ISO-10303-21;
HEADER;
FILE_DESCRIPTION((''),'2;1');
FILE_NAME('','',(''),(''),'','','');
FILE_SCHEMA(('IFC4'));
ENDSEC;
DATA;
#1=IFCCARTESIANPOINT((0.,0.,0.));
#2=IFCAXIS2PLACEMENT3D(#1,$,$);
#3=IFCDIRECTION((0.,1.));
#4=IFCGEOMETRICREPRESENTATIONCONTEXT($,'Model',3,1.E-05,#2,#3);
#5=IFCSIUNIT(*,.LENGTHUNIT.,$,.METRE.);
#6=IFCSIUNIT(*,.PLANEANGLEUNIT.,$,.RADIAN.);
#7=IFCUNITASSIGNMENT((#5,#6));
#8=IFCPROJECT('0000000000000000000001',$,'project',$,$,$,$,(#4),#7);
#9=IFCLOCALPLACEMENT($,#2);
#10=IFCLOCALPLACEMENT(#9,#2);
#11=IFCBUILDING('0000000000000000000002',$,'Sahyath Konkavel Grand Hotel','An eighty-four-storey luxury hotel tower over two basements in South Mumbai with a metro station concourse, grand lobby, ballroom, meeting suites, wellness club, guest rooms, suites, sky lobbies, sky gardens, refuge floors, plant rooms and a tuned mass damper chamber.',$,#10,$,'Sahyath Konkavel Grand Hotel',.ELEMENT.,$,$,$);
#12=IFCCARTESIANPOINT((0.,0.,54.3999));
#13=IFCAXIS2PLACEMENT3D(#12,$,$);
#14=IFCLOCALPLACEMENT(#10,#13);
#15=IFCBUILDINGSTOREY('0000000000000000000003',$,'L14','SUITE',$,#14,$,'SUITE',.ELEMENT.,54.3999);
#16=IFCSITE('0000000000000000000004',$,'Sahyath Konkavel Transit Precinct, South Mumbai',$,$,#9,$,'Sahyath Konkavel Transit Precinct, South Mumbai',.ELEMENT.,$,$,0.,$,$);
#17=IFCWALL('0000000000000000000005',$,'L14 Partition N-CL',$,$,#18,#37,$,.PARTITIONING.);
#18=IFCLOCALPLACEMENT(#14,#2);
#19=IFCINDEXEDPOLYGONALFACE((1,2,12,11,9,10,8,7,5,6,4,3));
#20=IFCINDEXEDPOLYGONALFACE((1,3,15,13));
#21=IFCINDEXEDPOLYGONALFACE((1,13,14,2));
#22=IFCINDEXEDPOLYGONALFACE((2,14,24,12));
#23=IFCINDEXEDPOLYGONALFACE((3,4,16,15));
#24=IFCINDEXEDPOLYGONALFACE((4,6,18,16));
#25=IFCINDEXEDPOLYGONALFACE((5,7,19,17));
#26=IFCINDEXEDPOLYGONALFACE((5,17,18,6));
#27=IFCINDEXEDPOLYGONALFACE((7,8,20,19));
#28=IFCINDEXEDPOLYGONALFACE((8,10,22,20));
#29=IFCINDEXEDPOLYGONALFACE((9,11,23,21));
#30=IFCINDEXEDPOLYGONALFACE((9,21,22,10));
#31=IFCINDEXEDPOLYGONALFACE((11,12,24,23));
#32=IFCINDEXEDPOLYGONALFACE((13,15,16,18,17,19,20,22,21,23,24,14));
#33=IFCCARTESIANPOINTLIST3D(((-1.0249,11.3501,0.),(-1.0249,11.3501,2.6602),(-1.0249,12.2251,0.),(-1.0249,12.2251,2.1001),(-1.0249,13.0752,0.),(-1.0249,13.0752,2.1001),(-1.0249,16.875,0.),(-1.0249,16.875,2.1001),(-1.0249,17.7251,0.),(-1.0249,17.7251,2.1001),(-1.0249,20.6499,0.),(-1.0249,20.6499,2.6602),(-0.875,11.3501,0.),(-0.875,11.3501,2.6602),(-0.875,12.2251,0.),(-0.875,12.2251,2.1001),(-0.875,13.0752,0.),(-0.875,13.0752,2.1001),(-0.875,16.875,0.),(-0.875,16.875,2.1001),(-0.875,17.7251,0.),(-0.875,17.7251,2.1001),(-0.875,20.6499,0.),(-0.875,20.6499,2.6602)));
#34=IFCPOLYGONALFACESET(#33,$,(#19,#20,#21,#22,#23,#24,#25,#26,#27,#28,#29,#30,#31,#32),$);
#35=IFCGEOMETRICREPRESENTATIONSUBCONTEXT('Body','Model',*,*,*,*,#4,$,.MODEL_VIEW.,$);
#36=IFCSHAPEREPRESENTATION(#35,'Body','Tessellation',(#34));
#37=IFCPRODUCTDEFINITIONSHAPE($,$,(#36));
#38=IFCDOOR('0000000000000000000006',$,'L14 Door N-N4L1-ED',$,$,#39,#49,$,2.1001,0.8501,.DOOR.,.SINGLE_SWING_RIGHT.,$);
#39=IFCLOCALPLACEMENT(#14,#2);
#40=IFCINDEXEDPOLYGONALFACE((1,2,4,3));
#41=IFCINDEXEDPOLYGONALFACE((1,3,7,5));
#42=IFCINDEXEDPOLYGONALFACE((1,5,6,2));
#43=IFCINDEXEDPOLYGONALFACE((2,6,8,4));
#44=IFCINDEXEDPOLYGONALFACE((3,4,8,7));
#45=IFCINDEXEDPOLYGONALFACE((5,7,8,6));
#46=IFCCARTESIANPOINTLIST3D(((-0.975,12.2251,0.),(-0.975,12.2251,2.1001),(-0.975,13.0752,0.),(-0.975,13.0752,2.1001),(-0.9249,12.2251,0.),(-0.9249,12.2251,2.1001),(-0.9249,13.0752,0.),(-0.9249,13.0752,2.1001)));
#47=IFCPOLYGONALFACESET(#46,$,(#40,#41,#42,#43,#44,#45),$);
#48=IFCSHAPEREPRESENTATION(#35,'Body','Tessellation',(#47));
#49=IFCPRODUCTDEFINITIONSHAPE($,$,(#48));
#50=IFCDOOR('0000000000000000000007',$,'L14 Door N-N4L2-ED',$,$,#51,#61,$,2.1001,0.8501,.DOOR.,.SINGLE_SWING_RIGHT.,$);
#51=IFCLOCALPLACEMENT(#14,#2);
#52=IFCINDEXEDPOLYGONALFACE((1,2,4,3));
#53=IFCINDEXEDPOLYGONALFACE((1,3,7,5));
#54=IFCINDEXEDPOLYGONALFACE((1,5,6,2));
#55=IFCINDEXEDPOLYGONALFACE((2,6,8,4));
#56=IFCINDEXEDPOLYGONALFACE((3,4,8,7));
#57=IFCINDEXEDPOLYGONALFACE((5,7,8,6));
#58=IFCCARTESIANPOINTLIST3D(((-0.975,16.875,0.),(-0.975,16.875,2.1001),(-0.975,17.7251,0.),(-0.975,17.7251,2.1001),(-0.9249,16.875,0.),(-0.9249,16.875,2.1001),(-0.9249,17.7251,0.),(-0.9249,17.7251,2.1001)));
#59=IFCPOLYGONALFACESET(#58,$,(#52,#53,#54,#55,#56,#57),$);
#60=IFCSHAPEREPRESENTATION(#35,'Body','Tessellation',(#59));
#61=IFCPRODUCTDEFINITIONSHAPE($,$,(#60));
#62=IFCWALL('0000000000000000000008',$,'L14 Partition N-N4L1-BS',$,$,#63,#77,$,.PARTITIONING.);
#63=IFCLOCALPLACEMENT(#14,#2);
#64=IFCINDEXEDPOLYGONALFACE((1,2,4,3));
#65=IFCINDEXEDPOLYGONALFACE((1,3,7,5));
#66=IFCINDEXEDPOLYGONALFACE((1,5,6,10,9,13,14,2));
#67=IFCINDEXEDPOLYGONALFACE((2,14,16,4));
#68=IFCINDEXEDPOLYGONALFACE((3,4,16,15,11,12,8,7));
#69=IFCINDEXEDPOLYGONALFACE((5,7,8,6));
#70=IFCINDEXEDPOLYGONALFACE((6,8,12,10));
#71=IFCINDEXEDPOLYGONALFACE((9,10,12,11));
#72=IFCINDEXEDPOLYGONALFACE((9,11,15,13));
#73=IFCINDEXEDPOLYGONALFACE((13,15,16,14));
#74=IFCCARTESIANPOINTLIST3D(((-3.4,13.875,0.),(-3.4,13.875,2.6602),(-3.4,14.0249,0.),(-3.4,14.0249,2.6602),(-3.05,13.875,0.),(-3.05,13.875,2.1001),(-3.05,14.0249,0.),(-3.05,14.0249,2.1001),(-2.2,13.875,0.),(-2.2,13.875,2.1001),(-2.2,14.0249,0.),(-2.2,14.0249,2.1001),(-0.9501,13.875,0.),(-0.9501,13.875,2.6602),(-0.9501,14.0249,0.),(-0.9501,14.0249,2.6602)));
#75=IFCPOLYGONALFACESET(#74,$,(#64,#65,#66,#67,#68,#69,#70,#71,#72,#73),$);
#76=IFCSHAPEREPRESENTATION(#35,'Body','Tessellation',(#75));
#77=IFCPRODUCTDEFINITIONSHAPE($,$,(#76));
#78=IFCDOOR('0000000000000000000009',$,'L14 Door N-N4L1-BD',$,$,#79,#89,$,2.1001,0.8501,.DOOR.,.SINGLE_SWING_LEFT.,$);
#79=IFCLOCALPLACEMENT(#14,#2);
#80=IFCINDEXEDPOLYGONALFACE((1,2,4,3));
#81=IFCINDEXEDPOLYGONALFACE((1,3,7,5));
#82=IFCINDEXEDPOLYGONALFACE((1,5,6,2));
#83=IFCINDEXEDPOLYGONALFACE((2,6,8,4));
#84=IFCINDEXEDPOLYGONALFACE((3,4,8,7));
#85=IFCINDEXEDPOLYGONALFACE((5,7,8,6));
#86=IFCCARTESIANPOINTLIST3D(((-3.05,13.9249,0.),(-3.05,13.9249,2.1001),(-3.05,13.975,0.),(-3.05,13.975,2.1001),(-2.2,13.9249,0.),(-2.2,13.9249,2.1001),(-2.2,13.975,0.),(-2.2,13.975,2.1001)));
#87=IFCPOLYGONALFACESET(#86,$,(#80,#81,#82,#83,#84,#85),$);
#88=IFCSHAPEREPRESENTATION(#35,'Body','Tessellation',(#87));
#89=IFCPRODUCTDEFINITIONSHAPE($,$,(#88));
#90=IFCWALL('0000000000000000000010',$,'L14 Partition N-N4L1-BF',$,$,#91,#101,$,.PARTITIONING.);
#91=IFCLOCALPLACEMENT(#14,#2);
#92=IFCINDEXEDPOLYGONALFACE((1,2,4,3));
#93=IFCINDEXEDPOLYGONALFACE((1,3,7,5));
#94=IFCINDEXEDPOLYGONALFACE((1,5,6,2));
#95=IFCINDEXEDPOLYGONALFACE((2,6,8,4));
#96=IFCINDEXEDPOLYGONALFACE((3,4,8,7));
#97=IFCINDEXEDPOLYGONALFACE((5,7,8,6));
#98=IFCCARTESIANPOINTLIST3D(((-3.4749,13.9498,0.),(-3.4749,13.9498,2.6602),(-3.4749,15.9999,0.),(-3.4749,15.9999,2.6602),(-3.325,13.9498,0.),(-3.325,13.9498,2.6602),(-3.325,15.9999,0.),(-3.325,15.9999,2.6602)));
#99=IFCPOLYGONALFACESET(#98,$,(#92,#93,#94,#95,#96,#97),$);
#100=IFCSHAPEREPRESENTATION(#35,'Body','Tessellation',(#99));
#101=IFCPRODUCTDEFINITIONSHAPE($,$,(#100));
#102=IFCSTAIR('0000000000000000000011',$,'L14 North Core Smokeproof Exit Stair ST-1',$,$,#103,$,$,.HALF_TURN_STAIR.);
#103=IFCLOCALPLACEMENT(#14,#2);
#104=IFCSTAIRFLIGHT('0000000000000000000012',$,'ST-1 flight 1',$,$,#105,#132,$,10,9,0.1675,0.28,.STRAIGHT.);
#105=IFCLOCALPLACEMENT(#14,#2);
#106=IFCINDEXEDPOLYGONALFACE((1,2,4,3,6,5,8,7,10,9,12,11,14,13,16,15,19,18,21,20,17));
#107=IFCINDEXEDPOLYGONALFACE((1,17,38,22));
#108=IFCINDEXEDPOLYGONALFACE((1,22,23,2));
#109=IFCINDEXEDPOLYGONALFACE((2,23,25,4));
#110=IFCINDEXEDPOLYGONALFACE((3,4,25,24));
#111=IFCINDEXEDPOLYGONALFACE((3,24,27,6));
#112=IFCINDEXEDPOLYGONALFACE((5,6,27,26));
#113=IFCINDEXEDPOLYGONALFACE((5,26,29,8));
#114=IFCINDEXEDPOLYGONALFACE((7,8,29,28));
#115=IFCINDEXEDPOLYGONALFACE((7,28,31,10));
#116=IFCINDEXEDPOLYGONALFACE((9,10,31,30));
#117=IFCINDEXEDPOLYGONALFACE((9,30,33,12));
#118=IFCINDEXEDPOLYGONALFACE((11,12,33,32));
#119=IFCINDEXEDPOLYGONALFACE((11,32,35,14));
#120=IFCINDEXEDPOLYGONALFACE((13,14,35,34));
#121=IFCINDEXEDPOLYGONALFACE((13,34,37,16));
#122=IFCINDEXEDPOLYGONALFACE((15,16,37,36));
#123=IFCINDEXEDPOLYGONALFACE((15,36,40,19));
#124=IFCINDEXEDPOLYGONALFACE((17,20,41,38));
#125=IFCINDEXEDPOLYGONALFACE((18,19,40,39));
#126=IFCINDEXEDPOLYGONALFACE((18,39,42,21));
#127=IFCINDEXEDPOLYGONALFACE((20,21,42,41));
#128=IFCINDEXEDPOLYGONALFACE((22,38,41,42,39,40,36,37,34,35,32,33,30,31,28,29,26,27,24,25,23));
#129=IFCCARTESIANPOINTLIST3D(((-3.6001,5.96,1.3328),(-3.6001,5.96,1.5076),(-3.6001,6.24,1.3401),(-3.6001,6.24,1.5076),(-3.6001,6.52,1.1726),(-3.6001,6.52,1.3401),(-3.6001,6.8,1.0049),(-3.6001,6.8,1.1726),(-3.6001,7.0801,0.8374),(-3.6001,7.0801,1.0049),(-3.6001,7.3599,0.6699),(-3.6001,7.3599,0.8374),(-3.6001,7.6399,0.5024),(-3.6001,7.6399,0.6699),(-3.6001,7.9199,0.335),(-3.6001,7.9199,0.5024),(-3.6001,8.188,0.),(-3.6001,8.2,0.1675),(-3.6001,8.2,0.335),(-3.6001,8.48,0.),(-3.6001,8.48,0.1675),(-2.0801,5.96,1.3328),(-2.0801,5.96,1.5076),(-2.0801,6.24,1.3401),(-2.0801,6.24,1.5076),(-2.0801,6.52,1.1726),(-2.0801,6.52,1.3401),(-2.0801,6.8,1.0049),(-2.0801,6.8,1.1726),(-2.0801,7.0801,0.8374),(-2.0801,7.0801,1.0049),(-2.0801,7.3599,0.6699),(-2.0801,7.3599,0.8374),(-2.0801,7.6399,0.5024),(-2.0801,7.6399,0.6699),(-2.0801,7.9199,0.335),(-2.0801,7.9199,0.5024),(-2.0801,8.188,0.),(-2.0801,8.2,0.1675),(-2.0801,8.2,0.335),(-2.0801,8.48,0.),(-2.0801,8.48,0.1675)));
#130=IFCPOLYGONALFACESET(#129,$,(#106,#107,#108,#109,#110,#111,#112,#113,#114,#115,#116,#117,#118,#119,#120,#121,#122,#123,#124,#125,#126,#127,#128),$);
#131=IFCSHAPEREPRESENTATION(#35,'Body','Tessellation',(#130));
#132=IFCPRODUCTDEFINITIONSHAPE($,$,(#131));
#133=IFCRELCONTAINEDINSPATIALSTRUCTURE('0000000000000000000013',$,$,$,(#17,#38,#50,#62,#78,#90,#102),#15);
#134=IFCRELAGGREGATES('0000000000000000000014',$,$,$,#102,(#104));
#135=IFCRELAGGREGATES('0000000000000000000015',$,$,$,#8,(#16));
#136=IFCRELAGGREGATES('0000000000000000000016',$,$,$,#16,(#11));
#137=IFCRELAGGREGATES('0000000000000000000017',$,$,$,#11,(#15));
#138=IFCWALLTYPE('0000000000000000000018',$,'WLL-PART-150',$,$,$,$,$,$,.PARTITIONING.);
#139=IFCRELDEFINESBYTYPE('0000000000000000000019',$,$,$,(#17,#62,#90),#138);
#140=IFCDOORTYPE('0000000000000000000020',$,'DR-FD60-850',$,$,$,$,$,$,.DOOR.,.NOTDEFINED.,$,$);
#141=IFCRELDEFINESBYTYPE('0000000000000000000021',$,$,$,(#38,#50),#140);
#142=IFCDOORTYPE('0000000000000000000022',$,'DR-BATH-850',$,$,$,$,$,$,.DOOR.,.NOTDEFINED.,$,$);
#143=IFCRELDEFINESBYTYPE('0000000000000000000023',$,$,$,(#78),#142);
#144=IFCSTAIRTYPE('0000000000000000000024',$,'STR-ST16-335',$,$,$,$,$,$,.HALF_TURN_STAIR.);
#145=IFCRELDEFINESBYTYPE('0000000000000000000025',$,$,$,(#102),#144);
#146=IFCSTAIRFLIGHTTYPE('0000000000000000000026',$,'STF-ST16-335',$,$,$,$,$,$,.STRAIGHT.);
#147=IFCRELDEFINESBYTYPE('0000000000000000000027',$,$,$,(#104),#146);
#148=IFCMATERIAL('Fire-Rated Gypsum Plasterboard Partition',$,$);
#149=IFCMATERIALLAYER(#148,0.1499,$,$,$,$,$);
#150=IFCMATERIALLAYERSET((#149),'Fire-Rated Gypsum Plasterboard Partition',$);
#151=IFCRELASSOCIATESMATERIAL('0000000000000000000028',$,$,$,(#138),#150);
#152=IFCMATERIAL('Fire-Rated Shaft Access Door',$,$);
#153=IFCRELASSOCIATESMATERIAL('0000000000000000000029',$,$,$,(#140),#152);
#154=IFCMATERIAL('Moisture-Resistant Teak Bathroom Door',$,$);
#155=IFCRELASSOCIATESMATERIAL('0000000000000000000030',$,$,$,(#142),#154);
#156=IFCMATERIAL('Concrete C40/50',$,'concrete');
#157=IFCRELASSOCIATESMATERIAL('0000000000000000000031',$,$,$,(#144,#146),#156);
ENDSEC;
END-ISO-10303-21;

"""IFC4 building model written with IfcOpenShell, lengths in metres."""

from ifc_helpers import new_model, si_unit, direction, frame, frame_2d, origin, origin_2d, place, context, subcontext, project, spatial, polyline, rectangle, outline, extrude, source, transform, mapped, material, layer, layer_set, type_object, element, fill, aggregate, save


model = new_model("IFC4")

# Units and contexts
model_context = context("Model", 3, precision=1e-05, world=origin(), true_north=direction((0.0, 1.0)))
body_context = subcontext(model_context, "Body", "Model", "MODEL_VIEW")
ifc_project = project(units=[si_unit("LENGTHUNIT", "METRE"), si_unit("PLANEANGLEUNIT", "RADIAN")], contexts=[model_context])

# Site, building, storey
site_placement = place(None, origin())
site = spatial("IfcSite", under=ifc_project, at=site_placement, Name="Sahyath Konkavel Transit Precinct, South Mumbai", LongName="Sahyath Konkavel Transit Precinct, South Mumbai", CompositionType="ELEMENT", RefElevation=0.0)
building_placement = place(site_placement, origin())
building = spatial("IfcBuilding", under=site, at=building_placement, Name="Sahyath Konkavel Grand Hotel", Description="An eighty-four-storey luxury hotel tower over two basements in South Mumbai with a metro station concourse, grand lobby, ballroom, meeting suites, wellness club, guest rooms, suites, sky lobbies, sky gardens, refuge floors, plant rooms and a tuned mass damper chamber.", LongName="Sahyath Konkavel Grand Hotel", CompositionType="ELEMENT")
storey_placement = place(building_placement, frame((0.0, 0.0, 54.3999)))
storey = spatial("IfcBuildingStorey", under=building, at=storey_placement, Name="L14", Description="SUITE", LongName="SUITE", CompositionType="ELEMENT", Elevation=54.3999)

# Wall, openings, doors
ifc_material_1 = material(Name="Fire-Rated Gypsum Plasterboard Partition")
ifc_layer_1 = layer(ifc_material_1, 0.1499)
ifc_layer_set_1 = layer_set([ifc_layer_1], Name="Fire-Rated Gypsum Plasterboard Partition")
wall_type_1 = type_object("IfcWallType", Name="WLL-PART-150", PredefinedType="PARTITIONING", material=ifc_layer_set_1)
wall_1_placement = place(storey_placement, frame((-0.95, 11.3501, 0.0), z_axis=(0.0, 0.0, 1.0), x_axis=(0.0, 1.0, 0.0)))
wall_1 = element("IfcWall", 1, at=wall_1_placement, inside=storey, type_object=wall_type_1, Name="L14 Partition N-CL", PredefinedType="PARTITIONING", context=body_context, shape_type="SweptSolid", body=[
    extrude(rectangle(XDim=9.2998, YDim=0.1499, at=frame_2d((4.6499, 0.0))), origin(), (0.0, 0.0, 1.0), 2.6602),
])
opening_1_placement = place(wall_1_placement, frame((0.875, 0.0, 0.0)))
opening_1 = element("IfcOpeningElement", 2, at=opening_1_placement, cuts=wall_1, PredefinedType="OPENING", context=body_context, shape_type="SweptSolid", body=[
    extrude(rectangle(XDim=0.8501, YDim=2.1001, at=frame_2d((0.425, 1.05))), frame((0.0, 0.085, 0.0), z_axis=(0.0, -1.0, 0.0), x_axis=(1.0, 0.0, 0.0)), (0.0, 0.0, 1.0), 0.1699),
])
opening_2_placement = place(wall_1_placement, frame((5.5249, 0.0, 0.0)))
opening_2 = element("IfcOpeningElement", 3, at=opening_2_placement, cuts=wall_1, PredefinedType="OPENING", context=body_context, shape_type="SweptSolid", body=[
    extrude(rectangle(XDim=0.8501, YDim=2.1001, at=frame_2d((0.425, 1.05))), frame((0.0, 0.085, 0.0), z_axis=(0.0, -1.0, 0.0), x_axis=(1.0, 0.0, 0.0)), (0.0, 0.0, 1.0), 0.1699),
])
ifc_material_2 = material(Name="Fire-Rated Shaft Access Door")
door_type_1 = type_object("IfcDoorType", Name="DR-FD60-850", OperationType="NOTDEFINED", PredefinedType="DOOR", material=ifc_material_2)
shared_shape_1 = source(origin(), body_context, "Body", "SweptSolid", [
    extrude(rectangle(XDim=0.8501, YDim=0.05, at=origin_2d()), origin(), (0.0, 0.0, 1.0), 2.1001),
])
door_1_placement = place(opening_1_placement, frame((0.425, 0.0, 0.0)))
door_1 = element("IfcDoor", 4, at=door_1_placement, inside=storey, type_object=door_type_1, Name="L14 Door N-N4L1-ED", OperationType="SINGLE_SWING_RIGHT", OverallHeight=2.1001, OverallWidth=0.8501, PredefinedType="DOOR", context=body_context, shape_type="MappedRepresentation", body=[
    mapped(shared_shape_1, transform((0.0, 0.0, 0.0), scale=1.0)),
])
fill(opening_1, door_1)
door_2_placement = place(opening_2_placement, frame((0.425, 0.0, 0.0)))
door_2 = element("IfcDoor", 5, at=door_2_placement, inside=storey, type_object=door_type_1, Name="L14 Door N-N4L2-ED", OperationType="SINGLE_SWING_RIGHT", OverallHeight=2.1001, OverallWidth=0.8501, PredefinedType="DOOR", context=body_context, shape_type="MappedRepresentation", body=[
    mapped(shared_shape_1, transform((0.0, 0.0, 0.0), scale=1.0)),
])
fill(opening_2, door_2)

# Wall, opening, door
wall_2_placement = place(storey_placement, frame((-0.95, 13.95, 0.0), z_axis=(0.0, 0.0, 1.0), x_axis=(-1.0, 0.0, 0.0)))
wall_2 = element("IfcWall", 6, at=wall_2_placement, inside=storey, type_object=wall_type_1, Name="L14 Partition N-N4L1-BS", PredefinedType="PARTITIONING", context=body_context, shape_type="SweptSolid", body=[
    extrude(rectangle(XDim=2.45, YDim=0.1499, at=frame_2d((1.2251, 0.0))), origin(), (0.0, 0.0, 1.0), 2.6602),
])
opening_3_placement = place(wall_2_placement, frame((1.25, 0.0, 0.0)))
opening_3 = element("IfcOpeningElement", 7, at=opening_3_placement, cuts=wall_2, PredefinedType="OPENING", context=body_context, shape_type="SweptSolid", body=[
    extrude(rectangle(XDim=0.8501, YDim=2.1001, at=frame_2d((0.425, 1.05))), frame((0.0, 0.085, 0.0), z_axis=(0.0, -1.0, 0.0), x_axis=(1.0, 0.0, 0.0)), (0.0, 0.0, 1.0), 0.1699),
])
ifc_material_3 = material(Name="Moisture-Resistant Teak Bathroom Door")
door_type_2 = type_object("IfcDoorType", Name="DR-BATH-850", OperationType="NOTDEFINED", PredefinedType="DOOR", material=ifc_material_3)
door_3_placement = place(opening_3_placement, frame((0.425, 0.0, 0.0)))
door_3 = element("IfcDoor", 8, at=door_3_placement, inside=storey, type_object=door_type_2, Name="L14 Door N-N4L1-BD", OperationType="SINGLE_SWING_LEFT", OverallHeight=2.1001, OverallWidth=0.8501, PredefinedType="DOOR", context=body_context, shape_type="MappedRepresentation", body=[
    mapped(shared_shape_1, transform((0.0, 0.0, 0.0), scale=1.0)),
])
fill(opening_3, door_3)

# Wall
wall_3_placement = place(storey_placement, frame((-3.3999, 13.95, 0.0), z_axis=(0.0, 0.0, 1.0), x_axis=(0.0, 1.0, 0.0)))
element("IfcWall", 9, at=wall_3_placement, inside=storey, type_object=wall_type_1, Name="L14 Partition N-N4L1-BF", PredefinedType="PARTITIONING", context=body_context, shape_type="SweptSolid", body=[
    extrude(rectangle(XDim=2.05, YDim=0.1499, at=frame_2d((1.0249, 0.0))), origin(), (0.0, 0.0, 1.0), 2.6602),
])

# Stair, stair flight
ifc_material_4 = material(Name="Concrete C40/50", Category="concrete")
stair_type = type_object("IfcStairType", Name="STR-ST16-335", PredefinedType="HALF_TURN_STAIR", material=ifc_material_4)
stair_placement = place(storey_placement, origin())
stair = element("IfcStair", 10, at=stair_placement, inside=storey, type_object=stair_type, Name="L14 North Core Smokeproof Exit Stair ST-1", PredefinedType="HALF_TURN_STAIR")
stair_flight_type = type_object("IfcStairFlightType", Name="STF-ST16-335", PredefinedType="STRAIGHT", material=ifc_material_4)
stair_flight_placement = place(storey_placement, frame((-2.8401, 8.48, 0.0), z_axis=(0.0, 0.0, 1.0), x_axis=(0.0, -1.0, 0.0)))
stair_flight = element("IfcStairFlight", 11, at=stair_flight_placement, type_object=stair_flight_type, Name="ST-1 flight 1", NumberOfRisers=10, NumberOfTreads=9, PredefinedType="STRAIGHT", RiserHeight=0.1675, TreadLength=0.28, context=body_context, shape_type="SweptSolid", body=[
    extrude(outline(polyline([(0.0, 0.0), (0.0, 0.1675), (0.28, 0.1675), (0.28, 0.335), (0.5601, 0.335), (0.5601, 0.5024), (0.8401, 0.5024), (0.8401, 0.6699), (1.1201, 0.6699), (1.1201, 0.8374), (1.3999, 0.8374), (1.3999, 1.0049), (1.6799, 1.0049), (1.6799, 1.1726), (1.96, 1.1726), (1.96, 1.3401), (2.24, 1.3401), (2.24, 1.5076), (2.52, 1.5076), (2.52, 1.675), (2.52, 1.3328), (0.292, 0.0), (0.0, 0.0)])), frame((0.0, 0.76, 0.0), z_axis=(0.0, -1.0, 0.0), x_axis=(1.0, 0.0, 0.0)), (0.0, 0.0, 1.0), 1.52),
])
aggregate(stair, [stair_flight])

save(model, "model.ifc")
